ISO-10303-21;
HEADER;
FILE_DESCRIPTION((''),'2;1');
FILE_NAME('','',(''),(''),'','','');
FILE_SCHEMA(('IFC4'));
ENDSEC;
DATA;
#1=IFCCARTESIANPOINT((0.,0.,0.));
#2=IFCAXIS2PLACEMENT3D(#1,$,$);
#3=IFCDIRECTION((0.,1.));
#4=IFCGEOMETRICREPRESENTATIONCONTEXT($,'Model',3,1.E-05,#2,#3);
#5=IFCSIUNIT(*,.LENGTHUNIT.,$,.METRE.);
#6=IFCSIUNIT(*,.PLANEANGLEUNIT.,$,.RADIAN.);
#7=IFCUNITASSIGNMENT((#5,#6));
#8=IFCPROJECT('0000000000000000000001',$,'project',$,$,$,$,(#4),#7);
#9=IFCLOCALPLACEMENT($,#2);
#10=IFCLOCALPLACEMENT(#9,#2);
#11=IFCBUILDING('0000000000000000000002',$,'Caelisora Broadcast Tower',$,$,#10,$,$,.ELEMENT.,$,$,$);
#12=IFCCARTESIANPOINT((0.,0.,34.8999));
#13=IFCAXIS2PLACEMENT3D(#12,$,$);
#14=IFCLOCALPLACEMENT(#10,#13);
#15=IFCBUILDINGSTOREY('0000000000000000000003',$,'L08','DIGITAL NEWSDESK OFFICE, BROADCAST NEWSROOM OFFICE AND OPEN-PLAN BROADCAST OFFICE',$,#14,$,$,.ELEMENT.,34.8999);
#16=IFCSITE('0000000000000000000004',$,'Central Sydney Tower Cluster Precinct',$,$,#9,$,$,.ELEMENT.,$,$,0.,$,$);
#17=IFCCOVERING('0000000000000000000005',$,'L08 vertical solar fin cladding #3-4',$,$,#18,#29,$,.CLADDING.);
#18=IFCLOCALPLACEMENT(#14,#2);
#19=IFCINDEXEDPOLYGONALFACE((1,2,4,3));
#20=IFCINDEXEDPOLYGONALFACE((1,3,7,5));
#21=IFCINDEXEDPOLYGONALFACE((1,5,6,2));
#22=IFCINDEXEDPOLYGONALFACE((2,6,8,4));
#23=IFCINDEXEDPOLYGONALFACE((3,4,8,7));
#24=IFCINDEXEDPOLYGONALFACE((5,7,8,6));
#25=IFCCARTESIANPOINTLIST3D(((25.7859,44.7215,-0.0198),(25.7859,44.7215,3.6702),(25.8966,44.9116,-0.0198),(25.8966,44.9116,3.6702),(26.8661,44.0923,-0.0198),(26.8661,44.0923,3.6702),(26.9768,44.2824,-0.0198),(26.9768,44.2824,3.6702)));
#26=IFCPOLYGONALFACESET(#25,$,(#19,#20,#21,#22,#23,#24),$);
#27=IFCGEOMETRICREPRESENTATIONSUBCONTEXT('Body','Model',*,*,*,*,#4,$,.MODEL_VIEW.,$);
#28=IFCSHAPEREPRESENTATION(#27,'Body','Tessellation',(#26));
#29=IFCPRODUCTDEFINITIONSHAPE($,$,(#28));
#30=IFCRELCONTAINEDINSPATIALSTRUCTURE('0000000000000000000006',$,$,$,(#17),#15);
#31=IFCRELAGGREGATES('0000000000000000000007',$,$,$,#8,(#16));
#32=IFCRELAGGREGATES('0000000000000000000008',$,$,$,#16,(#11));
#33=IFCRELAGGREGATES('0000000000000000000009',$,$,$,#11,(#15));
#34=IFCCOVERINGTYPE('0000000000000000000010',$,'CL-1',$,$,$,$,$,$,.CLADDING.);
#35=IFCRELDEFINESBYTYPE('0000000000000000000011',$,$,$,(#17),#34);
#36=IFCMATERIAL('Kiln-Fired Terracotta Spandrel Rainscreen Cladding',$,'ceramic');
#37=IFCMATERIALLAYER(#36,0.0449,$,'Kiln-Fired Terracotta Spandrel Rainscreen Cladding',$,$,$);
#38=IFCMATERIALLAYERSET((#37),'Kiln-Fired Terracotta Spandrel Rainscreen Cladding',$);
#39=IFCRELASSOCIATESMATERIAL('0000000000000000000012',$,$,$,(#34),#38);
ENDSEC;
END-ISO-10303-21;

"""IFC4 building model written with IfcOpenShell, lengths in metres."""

from ifc_helpers import new_model, si_unit, direction, frame, origin, origin_2d, place, context, subcontext, project, spatial, rectangle, extrude, source, transform, mapped, material, layer, layer_set, type_object, type_shapes, element, save


model = new_model("IFC4")

# Units and contexts
model_context = context("Model", 3, precision=1e-05, world=origin(), true_north=direction((0.0, 1.0)))
body_context = subcontext(model_context, "Body", "Model", "MODEL_VIEW")
ifc_project = project(units=[si_unit("LENGTHUNIT", "METRE"), si_unit("PLANEANGLEUNIT", "RADIAN")], contexts=[model_context])

# Site, building, storey
site_placement = place(None, origin())
site = spatial("IfcSite", under=ifc_project, at=site_placement, Name="Central Sydney Tower Cluster Precinct", CompositionType="ELEMENT", RefElevation=0.0)
building_placement = place(site_placement, origin())
building = spatial("IfcBuilding", under=site, at=building_placement, Name="Caelisora Broadcast Tower", CompositionType="ELEMENT")
storey_placement = place(building_placement, frame((0.0, 0.0, 34.8999)))
storey = spatial("IfcBuildingStorey", under=building, at=storey_placement, Name="L08", Description="DIGITAL NEWSDESK OFFICE, BROADCAST NEWSROOM OFFICE AND OPEN-PLAN BROADCAST OFFICE", CompositionType="ELEMENT", Elevation=34.8999)

# Covering
ifc_material_1 = material(Name="Kiln-Fired Terracotta Spandrel Rainscreen Cladding", Category="ceramic")
ifc_layer_1 = layer(ifc_material_1, 0.0449, Name="Kiln-Fired Terracotta Spandrel Rainscreen Cladding")
ifc_layer_set_1 = layer_set([ifc_layer_1], Name="Kiln-Fired Terracotta Spandrel Rainscreen Cladding")
covering_type = type_object("IfcCoveringType", Name="CL-1", PredefinedType="CLADDING", material=ifc_layer_set_1)
shared_shape_1 = source(origin(), body_context, "Body", "SweptSolid", [
    extrude(rectangle(XDim=0.22, YDim=1.25, at=origin_2d()), origin(), (0.0, 0.0, 1.0), 3.6899),
])
type_shapes(covering_type, [shared_shape_1])
for number, where, z_axis, x_axis, name in (
    (1, (26.3813, 44.502, -0.0198), (0.0, 0.0, 1.0), (0.503322, 0.864099, 0.0), "L08 vertical solar fin cladding #3-4"),
):
    element("IfcCovering", number, at=place(storey_placement, frame(where, z_axis=z_axis, x_axis=x_axis)), inside=storey, type_object=covering_type, Name=name, PredefinedType="CLADDING", context=body_context, shape_type="MappedRepresentation", body=[
        mapped(shared_shape_1, transform((0.0, 0.0, 0.0), scale=1.0)),
    ])

save(model, "model.ifc")
